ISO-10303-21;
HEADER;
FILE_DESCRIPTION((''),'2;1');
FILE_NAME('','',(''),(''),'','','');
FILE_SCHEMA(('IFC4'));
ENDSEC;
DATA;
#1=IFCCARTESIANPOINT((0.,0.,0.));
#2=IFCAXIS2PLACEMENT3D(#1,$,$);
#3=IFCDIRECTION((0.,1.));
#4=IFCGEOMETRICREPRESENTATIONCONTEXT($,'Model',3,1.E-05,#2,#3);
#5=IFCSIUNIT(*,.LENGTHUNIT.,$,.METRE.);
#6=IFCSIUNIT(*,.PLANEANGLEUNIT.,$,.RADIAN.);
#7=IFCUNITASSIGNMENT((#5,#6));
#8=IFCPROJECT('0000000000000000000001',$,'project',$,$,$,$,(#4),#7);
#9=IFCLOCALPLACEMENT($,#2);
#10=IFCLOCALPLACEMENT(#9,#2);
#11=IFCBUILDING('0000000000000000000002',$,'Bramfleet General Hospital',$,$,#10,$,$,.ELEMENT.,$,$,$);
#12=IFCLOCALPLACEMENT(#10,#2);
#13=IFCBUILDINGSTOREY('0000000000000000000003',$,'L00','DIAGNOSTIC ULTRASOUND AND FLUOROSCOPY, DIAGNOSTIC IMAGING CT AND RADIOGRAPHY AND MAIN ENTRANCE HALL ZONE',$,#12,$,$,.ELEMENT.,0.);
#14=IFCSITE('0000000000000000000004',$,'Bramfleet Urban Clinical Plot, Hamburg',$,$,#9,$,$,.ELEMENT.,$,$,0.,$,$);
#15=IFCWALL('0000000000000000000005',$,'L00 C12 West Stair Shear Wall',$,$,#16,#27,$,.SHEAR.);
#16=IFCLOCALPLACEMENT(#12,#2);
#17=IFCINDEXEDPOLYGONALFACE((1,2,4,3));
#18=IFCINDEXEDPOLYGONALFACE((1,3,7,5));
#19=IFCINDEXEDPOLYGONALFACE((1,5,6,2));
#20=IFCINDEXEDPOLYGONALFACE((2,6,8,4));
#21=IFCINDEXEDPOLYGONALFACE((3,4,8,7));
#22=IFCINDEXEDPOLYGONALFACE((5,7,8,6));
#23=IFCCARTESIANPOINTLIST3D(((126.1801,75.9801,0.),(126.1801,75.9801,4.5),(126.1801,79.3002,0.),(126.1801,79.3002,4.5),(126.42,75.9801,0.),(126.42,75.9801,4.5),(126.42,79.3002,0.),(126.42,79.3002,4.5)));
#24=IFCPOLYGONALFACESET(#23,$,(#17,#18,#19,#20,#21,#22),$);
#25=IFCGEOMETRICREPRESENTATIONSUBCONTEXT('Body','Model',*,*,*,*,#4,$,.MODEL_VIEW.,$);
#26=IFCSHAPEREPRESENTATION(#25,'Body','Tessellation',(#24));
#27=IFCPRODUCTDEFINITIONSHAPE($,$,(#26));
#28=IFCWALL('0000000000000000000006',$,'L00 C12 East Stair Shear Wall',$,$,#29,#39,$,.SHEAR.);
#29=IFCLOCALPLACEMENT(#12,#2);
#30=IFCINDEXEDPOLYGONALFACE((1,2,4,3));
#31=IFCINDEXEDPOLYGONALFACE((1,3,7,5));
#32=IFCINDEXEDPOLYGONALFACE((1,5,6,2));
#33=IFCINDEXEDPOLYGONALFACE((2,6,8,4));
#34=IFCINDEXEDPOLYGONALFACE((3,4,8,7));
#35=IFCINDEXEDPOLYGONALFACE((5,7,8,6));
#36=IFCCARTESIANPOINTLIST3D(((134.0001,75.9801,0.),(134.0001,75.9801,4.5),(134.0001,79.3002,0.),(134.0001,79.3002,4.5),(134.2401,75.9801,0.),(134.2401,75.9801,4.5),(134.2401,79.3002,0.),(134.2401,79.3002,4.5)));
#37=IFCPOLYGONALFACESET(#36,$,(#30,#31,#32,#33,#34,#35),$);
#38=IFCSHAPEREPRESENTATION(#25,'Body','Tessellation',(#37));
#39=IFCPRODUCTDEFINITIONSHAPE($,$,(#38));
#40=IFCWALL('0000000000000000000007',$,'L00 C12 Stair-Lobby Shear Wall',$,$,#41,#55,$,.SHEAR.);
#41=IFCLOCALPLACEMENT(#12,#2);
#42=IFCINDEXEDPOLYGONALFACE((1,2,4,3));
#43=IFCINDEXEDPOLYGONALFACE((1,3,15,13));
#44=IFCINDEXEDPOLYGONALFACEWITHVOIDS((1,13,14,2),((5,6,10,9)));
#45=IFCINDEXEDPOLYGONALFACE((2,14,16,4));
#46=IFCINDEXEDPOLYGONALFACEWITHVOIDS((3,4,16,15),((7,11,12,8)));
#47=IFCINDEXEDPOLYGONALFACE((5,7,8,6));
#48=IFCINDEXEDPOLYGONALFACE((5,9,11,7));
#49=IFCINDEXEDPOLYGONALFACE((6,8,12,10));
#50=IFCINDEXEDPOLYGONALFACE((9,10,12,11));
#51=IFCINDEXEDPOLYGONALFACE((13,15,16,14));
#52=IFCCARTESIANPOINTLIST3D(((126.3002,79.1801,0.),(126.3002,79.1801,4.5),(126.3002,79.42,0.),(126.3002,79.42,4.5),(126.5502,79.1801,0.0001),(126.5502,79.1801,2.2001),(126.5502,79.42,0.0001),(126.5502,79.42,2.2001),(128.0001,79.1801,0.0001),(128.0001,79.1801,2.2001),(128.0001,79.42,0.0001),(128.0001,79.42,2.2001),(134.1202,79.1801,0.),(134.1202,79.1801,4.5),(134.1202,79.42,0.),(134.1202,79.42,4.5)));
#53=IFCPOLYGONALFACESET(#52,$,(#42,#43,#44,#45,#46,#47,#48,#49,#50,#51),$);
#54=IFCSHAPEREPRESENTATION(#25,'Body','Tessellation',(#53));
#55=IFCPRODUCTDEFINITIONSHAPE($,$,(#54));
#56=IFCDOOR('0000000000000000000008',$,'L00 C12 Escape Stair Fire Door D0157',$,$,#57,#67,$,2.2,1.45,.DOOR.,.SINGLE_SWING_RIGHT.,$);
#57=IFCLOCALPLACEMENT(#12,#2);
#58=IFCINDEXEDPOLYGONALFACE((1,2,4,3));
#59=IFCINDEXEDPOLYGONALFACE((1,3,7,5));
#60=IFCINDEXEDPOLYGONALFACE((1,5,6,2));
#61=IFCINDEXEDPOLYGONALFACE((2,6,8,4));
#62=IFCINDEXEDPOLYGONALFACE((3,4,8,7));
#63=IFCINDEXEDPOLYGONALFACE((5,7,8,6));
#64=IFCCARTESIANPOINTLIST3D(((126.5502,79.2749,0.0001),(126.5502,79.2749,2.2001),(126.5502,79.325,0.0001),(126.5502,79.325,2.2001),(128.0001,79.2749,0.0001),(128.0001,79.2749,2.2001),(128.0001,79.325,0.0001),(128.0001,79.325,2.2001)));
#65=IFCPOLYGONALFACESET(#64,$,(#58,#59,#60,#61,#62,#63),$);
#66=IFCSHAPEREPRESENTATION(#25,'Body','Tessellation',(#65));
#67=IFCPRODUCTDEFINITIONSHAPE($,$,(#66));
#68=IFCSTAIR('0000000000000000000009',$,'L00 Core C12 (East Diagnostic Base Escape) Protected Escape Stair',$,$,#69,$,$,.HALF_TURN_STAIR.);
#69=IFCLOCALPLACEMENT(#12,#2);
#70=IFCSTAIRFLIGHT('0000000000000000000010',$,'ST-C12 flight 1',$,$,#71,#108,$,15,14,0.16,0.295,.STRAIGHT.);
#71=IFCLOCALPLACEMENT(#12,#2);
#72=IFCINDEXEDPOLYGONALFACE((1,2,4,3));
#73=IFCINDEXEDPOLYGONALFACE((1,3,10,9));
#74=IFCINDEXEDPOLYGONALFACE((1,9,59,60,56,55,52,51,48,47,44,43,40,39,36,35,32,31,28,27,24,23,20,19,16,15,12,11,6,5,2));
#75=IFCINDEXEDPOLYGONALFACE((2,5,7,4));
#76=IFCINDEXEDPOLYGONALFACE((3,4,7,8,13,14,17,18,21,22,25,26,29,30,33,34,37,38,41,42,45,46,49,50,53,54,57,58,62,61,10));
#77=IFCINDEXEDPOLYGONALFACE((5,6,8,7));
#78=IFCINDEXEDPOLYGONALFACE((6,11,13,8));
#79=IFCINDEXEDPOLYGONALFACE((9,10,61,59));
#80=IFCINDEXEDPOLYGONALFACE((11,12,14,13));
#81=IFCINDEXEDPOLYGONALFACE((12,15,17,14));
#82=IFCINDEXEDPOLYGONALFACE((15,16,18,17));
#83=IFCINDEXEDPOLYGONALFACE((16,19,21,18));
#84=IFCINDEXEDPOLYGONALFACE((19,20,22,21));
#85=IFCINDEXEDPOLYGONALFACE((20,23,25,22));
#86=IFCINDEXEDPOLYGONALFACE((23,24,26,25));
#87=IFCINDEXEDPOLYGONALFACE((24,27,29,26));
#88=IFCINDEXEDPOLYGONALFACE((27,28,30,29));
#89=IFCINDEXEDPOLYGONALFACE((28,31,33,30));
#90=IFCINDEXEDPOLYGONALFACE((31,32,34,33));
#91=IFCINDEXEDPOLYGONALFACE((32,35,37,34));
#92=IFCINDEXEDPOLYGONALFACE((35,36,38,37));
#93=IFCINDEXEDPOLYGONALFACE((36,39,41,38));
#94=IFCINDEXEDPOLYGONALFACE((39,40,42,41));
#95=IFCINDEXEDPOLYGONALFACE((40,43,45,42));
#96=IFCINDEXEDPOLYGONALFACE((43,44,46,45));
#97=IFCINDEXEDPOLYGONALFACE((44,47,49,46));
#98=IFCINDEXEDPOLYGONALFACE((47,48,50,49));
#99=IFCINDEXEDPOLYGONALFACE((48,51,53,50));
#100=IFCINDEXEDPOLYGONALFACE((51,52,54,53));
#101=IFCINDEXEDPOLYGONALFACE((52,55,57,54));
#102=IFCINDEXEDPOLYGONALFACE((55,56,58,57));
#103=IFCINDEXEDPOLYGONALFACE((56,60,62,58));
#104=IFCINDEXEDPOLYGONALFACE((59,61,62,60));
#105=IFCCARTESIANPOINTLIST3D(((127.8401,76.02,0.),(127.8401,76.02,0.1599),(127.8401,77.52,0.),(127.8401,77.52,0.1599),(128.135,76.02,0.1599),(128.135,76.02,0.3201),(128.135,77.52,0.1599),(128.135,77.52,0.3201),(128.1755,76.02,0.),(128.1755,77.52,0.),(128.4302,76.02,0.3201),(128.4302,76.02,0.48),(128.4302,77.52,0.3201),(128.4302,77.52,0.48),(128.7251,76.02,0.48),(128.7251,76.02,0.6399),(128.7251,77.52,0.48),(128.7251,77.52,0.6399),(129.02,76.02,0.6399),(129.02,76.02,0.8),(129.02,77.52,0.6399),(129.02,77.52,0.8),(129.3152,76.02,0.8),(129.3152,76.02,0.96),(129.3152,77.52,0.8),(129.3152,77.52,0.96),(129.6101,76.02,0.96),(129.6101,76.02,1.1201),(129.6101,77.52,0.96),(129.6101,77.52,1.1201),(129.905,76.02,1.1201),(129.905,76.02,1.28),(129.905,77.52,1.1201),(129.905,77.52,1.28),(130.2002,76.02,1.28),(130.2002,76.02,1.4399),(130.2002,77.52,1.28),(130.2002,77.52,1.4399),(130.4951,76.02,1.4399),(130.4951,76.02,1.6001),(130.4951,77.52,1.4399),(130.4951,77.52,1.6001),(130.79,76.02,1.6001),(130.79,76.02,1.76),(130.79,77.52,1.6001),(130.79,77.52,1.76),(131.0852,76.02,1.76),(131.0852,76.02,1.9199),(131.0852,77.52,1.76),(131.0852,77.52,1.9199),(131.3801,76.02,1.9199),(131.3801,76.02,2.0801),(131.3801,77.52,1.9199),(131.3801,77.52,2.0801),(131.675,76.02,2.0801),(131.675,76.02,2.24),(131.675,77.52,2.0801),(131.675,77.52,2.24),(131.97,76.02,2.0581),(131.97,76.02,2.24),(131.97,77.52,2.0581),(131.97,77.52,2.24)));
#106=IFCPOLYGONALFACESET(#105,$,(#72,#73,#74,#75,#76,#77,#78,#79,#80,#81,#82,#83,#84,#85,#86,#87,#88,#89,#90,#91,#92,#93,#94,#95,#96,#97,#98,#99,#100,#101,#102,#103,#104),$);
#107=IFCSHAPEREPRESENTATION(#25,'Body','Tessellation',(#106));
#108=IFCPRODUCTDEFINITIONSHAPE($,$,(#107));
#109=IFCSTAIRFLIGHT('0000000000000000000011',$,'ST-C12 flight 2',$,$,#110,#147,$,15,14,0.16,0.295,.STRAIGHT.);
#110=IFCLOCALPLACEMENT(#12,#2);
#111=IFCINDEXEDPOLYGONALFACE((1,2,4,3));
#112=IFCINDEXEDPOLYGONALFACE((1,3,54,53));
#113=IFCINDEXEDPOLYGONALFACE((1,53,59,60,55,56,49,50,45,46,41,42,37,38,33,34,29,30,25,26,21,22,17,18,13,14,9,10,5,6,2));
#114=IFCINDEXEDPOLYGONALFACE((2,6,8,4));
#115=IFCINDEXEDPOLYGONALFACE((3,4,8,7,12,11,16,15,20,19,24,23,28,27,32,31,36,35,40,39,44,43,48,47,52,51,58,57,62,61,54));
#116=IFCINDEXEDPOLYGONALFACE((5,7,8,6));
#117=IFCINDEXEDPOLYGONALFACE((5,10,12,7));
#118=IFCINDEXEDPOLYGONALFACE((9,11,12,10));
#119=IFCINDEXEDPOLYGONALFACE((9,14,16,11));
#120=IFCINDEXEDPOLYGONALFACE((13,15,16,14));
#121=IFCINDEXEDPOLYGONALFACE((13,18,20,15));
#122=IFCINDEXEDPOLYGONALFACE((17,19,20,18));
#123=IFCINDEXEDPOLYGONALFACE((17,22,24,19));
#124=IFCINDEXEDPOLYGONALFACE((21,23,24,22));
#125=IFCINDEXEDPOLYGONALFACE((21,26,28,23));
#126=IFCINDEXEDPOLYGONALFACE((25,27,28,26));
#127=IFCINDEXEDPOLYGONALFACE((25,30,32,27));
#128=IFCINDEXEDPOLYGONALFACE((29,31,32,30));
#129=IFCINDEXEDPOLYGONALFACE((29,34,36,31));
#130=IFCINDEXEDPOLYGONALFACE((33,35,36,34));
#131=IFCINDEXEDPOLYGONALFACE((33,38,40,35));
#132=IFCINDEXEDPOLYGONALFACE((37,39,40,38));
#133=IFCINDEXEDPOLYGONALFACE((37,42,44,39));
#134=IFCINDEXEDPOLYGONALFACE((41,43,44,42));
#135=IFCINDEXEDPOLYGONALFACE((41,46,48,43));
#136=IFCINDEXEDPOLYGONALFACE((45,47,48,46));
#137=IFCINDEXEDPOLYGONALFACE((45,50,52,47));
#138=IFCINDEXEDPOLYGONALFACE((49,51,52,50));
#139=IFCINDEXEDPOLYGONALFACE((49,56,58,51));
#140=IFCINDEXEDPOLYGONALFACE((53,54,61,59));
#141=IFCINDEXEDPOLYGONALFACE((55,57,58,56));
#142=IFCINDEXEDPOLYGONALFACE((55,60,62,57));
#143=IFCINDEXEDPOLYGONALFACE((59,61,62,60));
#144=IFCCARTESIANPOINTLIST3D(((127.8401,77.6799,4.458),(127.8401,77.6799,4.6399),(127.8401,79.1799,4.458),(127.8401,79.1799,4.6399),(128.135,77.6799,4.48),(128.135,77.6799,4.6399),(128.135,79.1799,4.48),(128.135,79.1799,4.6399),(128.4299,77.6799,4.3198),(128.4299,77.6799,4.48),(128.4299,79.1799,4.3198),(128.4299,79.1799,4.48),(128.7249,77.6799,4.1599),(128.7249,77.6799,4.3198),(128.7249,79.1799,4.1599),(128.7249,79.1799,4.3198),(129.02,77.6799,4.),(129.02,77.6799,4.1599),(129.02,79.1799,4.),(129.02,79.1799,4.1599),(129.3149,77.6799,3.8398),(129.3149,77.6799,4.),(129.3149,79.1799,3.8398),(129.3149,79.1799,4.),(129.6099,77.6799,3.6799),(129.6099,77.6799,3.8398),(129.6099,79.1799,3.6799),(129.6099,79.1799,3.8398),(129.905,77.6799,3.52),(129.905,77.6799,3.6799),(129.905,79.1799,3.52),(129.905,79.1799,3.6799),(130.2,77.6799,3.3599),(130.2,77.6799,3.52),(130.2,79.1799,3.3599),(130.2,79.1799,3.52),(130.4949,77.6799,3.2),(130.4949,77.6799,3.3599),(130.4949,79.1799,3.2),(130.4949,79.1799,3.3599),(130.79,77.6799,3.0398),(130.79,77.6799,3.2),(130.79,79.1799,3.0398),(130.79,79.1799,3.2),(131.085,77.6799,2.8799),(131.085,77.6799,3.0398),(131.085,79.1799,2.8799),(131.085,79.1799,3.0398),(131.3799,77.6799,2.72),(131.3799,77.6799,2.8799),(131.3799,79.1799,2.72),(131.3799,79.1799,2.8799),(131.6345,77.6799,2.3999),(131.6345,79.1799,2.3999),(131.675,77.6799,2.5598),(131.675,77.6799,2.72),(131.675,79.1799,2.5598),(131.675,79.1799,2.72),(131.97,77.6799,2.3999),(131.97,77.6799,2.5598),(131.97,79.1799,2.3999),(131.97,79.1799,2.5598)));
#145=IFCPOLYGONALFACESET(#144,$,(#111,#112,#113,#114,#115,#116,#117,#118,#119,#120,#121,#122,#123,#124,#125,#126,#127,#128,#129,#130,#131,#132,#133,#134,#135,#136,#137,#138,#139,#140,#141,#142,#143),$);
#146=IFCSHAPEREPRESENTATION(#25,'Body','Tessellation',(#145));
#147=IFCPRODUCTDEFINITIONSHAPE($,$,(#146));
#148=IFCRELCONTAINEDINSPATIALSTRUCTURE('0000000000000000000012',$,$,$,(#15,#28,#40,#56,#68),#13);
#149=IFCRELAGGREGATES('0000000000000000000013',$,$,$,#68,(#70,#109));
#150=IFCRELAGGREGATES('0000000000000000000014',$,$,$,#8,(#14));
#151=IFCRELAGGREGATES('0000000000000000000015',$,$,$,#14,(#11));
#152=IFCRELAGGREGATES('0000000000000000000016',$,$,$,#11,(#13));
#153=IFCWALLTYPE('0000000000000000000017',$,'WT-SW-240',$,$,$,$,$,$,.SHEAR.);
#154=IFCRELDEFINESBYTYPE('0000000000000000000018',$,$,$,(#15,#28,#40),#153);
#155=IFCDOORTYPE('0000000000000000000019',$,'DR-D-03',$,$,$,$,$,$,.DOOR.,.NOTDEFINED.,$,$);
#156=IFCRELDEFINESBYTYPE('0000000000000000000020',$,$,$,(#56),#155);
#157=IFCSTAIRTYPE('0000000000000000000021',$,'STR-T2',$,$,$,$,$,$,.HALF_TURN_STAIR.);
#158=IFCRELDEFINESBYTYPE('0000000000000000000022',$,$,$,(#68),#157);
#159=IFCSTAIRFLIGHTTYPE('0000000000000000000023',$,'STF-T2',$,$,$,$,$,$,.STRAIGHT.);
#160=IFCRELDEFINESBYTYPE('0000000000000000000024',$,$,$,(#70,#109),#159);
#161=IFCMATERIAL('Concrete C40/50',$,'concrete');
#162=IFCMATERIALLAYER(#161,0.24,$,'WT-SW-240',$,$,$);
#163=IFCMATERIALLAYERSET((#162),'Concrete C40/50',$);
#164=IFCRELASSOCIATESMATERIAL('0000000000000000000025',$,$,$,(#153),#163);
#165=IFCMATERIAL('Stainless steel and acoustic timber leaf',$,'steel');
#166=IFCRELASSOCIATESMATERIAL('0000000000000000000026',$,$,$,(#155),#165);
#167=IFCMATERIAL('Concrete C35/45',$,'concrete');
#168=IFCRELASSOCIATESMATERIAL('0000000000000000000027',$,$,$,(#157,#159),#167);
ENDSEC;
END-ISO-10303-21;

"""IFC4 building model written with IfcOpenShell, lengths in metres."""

from ifc_helpers import new_model, si_unit, direction, frame, frame_2d, origin, place, context, subcontext, project, spatial, polyline, rectangle, outline, extrude, material, layer, layer_set, type_object, element, fill, aggregate, save


model = new_model("IFC4")

# Units and contexts
model_context = context("Model", 3, precision=1e-05, world=origin(), true_north=direction((0.0, 1.0)))
body_context = subcontext(model_context, "Body", "Model", "MODEL_VIEW")
ifc_project = project(units=[si_unit("LENGTHUNIT", "METRE"), si_unit("PLANEANGLEUNIT", "RADIAN")], contexts=[model_context])

# Site, building, storey
site_placement = place(None, origin())
site = spatial("IfcSite", under=ifc_project, at=site_placement, Name="Bramfleet Urban Clinical Plot, Hamburg", CompositionType="ELEMENT", RefElevation=0.0)
building_placement = place(site_placement, origin())
building = spatial("IfcBuilding", under=site, at=building_placement, Name="Bramfleet General Hospital", CompositionType="ELEMENT")
storey_placement = place(building_placement, origin())
storey = spatial("IfcBuildingStorey", under=building, at=storey_placement, Name="L00", Description="DIAGNOSTIC ULTRASOUND AND FLUOROSCOPY, DIAGNOSTIC IMAGING CT AND RADIOGRAPHY AND MAIN ENTRANCE HALL ZONE", CompositionType="ELEMENT", Elevation=0.0)

# Shared definitions
ifc_material_1 = material(Name="Concrete C40/50", Category="concrete")

# Shared definitions
ifc_material_2 = material(Name="Concrete C35/45", Category="concrete")

# Walls
ifc_layer_1 = layer(ifc_material_1, 0.24, Name="WT-SW-240")
ifc_layer_set_1 = layer_set([ifc_layer_1], Name="Concrete C40/50")
wall_type_1 = type_object("IfcWallType", Name="WT-SW-240", PredefinedType="SHEAR", material=ifc_layer_set_1)
for number, where, z_axis, x_axis, name in (
    (1, (126.3, 75.98, 0.0), (0.0, 0.0, 1.0), (0.0, 1.0, 0.0), "L00 C12 West Stair Shear Wall"),
    (2, (134.1201, 75.98, 0.0), (0.0, 0.0, 1.0), (0.0, 1.0, 0.0), "L00 C12 East Stair Shear Wall"),
):
    element("IfcWall", number, at=place(storey_placement, frame(where, z_axis=z_axis, x_axis=x_axis)), inside=storey, type_object=wall_type_1, Name=name, PredefinedType="SHEAR", context=body_context, shape_type="SweptSolid", body=[
        extrude(rectangle(XDim=3.3201, YDim=0.24, at=frame_2d((1.6602, 0.0))), origin(), (0.0, 0.0, 1.0), 4.5),
    ])

# Wall, opening, door
wall_1_placement = place(storey_placement, frame((126.3, 79.3, 0.0), z_axis=(0.0, 0.0, 1.0), x_axis=(1.0, 0.0, 0.0)))
wall_1 = element("IfcWall", 3, at=wall_1_placement, inside=storey, type_object=wall_type_1, Name="L00 C12 Stair-Lobby Shear Wall", PredefinedType="SHEAR", context=body_context, shape_type="SweptSolid", body=[
    extrude(rectangle(XDim=7.8201, YDim=0.24, at=frame_2d((3.9102, 0.0))), origin(), (0.0, 0.0, 1.0), 4.5),
])
opening_placement = place(wall_1_placement, frame((0.25, 0.0, 0.0)))
opening = element("IfcOpeningElement", 4, at=opening_placement, cuts=wall_1, PredefinedType="OPENING", context=body_context, shape_type="SweptSolid", body=[
    extrude(rectangle(XDim=1.45, YDim=2.2, at=frame_2d((0.7251, 1.1001))), frame((0.0, 0.1299, 0.0), z_axis=(0.0, -1.0, 0.0), x_axis=(1.0, 0.0, 0.0)), (0.0, 0.0, 1.0), 0.26),
])
ifc_material_3 = material(Name="Stainless steel and acoustic timber leaf", Category="steel")
door_type = type_object("IfcDoorType", Name="DR-D-03", OperationType="NOTDEFINED", PredefinedType="DOOR", material=ifc_material_3)
door_placement = place(opening_placement, origin())
door = element("IfcDoor", 5, at=door_placement, inside=storey, type_object=door_type, Name="L00 C12 Escape Stair Fire Door D0157", OperationType="SINGLE_SWING_RIGHT", OverallHeight=2.2, OverallWidth=1.45, PredefinedType="DOOR", context=body_context, shape_type="SweptSolid", body=[
    extrude(rectangle(XDim=1.45, YDim=2.2, at=frame_2d((0.7251, 1.1001))), frame((0.0, 0.0249, 0.0), z_axis=(0.0, -1.0, 0.0), x_axis=(1.0, 0.0, 0.0)), (0.0, 0.0, 1.0), 0.05),
])
fill(opening, door)

# Stair, stair flights
stair_type = type_object("IfcStairType", Name="STR-T2", PredefinedType="HALF_TURN_STAIR", material=ifc_material_2)
stair_placement = place(storey_placement, origin())
stair = element("IfcStair", 6, at=stair_placement, inside=storey, type_object=stair_type, Name="L00 Core C12 (East Diagnostic Base Escape) Protected Escape Stair", PredefinedType="HALF_TURN_STAIR")
stair_flight_type = type_object("IfcStairFlightType", Name="STF-T2", PredefinedType="STRAIGHT", material=ifc_material_2)
stair_flight_1_placement = place(storey_placement, frame((127.8401, 76.77, 0.0), z_axis=(0.0, 0.0, 1.0), x_axis=(1.0, 0.0, 0.0)))
stair_flight_1 = element("IfcStairFlight", 7, at=stair_flight_1_placement, type_object=stair_flight_type, Name="ST-C12 flight 1", NumberOfRisers=15, NumberOfTreads=14, PredefinedType="STRAIGHT", RiserHeight=0.16, TreadLength=0.295, context=body_context, shape_type="SweptSolid", body=[
    extrude(outline(polyline([(0.0, 0.0), (0.0, 0.1599), (0.2949, 0.1599), (0.2949, 0.3201), (0.5901, 0.3201), (0.5901, 0.48), (0.885, 0.48), (0.885, 0.6399), (1.1799, 0.6399), (1.1799, 0.8), (1.4751, 0.8), (1.4751, 0.96), (1.77, 0.96), (1.77, 1.1201), (2.0649, 1.1201), (2.0649, 1.28), (2.3601, 1.28), (2.3601, 1.4399), (2.655, 1.4399), (2.655, 1.6001), (2.95, 1.6001), (2.95, 1.76), (3.2451, 1.76), (3.2451, 1.9199), (3.54, 1.9199), (3.54, 2.0801), (3.835, 2.0801), (3.835, 2.24), (4.1299, 2.24), (4.1299, 2.3999), (4.1299, 2.0581), (0.3354, 0.0), (0.0, 0.0)])), frame((0.0, 0.75, 0.0), z_axis=(0.0, -1.0, 0.0), x_axis=(1.0, 0.0, 0.0)), (0.0, 0.0, 1.0), 1.5),
])
stair_flight_2_placement = place(storey_placement, frame((131.97, 78.4299, 2.3999), z_axis=(0.0, 0.0, 1.0), x_axis=(-1.0, 0.0, 0.0)))
stair_flight_2 = element("IfcStairFlight", 8, at=stair_flight_2_placement, type_object=stair_flight_type, Name="ST-C12 flight 2", NumberOfRisers=15, NumberOfTreads=14, PredefinedType="STRAIGHT", RiserHeight=0.16, TreadLength=0.295, context=body_context, shape_type="SweptSolid", body=[
    extrude(outline(polyline([(0.0, 0.0), (0.0, 0.1599), (0.2949, 0.1599), (0.2949, 0.3201), (0.5901, 0.3201), (0.5901, 0.48), (0.885, 0.48), (0.885, 0.6399), (1.1799, 0.6399), (1.1799, 0.8), (1.4751, 0.8), (1.4751, 0.96), (1.77, 0.96), (1.77, 1.1201), (2.0649, 1.1201), (2.0649, 1.28), (2.3601, 1.28), (2.3601, 1.4399), (2.655, 1.4399), (2.655, 1.6001), (2.95, 1.6001), (2.95, 1.76), (3.2451, 1.76), (3.2451, 1.9199), (3.54, 1.9199), (3.54, 2.0801), (3.835, 2.0801), (3.835, 2.24), (4.1299, 2.24), (4.1299, 2.3999), (4.1299, 2.0581), (0.3354, 0.0), (0.0, 0.0)])), frame((0.0, 0.75, 0.0), z_axis=(0.0, -1.0, 0.0), x_axis=(1.0, 0.0, 0.0)), (0.0, 0.0, 1.0), 1.5),
])
aggregate(stair, [stair_flight_1, stair_flight_2])

save(model, "model.ifc")
